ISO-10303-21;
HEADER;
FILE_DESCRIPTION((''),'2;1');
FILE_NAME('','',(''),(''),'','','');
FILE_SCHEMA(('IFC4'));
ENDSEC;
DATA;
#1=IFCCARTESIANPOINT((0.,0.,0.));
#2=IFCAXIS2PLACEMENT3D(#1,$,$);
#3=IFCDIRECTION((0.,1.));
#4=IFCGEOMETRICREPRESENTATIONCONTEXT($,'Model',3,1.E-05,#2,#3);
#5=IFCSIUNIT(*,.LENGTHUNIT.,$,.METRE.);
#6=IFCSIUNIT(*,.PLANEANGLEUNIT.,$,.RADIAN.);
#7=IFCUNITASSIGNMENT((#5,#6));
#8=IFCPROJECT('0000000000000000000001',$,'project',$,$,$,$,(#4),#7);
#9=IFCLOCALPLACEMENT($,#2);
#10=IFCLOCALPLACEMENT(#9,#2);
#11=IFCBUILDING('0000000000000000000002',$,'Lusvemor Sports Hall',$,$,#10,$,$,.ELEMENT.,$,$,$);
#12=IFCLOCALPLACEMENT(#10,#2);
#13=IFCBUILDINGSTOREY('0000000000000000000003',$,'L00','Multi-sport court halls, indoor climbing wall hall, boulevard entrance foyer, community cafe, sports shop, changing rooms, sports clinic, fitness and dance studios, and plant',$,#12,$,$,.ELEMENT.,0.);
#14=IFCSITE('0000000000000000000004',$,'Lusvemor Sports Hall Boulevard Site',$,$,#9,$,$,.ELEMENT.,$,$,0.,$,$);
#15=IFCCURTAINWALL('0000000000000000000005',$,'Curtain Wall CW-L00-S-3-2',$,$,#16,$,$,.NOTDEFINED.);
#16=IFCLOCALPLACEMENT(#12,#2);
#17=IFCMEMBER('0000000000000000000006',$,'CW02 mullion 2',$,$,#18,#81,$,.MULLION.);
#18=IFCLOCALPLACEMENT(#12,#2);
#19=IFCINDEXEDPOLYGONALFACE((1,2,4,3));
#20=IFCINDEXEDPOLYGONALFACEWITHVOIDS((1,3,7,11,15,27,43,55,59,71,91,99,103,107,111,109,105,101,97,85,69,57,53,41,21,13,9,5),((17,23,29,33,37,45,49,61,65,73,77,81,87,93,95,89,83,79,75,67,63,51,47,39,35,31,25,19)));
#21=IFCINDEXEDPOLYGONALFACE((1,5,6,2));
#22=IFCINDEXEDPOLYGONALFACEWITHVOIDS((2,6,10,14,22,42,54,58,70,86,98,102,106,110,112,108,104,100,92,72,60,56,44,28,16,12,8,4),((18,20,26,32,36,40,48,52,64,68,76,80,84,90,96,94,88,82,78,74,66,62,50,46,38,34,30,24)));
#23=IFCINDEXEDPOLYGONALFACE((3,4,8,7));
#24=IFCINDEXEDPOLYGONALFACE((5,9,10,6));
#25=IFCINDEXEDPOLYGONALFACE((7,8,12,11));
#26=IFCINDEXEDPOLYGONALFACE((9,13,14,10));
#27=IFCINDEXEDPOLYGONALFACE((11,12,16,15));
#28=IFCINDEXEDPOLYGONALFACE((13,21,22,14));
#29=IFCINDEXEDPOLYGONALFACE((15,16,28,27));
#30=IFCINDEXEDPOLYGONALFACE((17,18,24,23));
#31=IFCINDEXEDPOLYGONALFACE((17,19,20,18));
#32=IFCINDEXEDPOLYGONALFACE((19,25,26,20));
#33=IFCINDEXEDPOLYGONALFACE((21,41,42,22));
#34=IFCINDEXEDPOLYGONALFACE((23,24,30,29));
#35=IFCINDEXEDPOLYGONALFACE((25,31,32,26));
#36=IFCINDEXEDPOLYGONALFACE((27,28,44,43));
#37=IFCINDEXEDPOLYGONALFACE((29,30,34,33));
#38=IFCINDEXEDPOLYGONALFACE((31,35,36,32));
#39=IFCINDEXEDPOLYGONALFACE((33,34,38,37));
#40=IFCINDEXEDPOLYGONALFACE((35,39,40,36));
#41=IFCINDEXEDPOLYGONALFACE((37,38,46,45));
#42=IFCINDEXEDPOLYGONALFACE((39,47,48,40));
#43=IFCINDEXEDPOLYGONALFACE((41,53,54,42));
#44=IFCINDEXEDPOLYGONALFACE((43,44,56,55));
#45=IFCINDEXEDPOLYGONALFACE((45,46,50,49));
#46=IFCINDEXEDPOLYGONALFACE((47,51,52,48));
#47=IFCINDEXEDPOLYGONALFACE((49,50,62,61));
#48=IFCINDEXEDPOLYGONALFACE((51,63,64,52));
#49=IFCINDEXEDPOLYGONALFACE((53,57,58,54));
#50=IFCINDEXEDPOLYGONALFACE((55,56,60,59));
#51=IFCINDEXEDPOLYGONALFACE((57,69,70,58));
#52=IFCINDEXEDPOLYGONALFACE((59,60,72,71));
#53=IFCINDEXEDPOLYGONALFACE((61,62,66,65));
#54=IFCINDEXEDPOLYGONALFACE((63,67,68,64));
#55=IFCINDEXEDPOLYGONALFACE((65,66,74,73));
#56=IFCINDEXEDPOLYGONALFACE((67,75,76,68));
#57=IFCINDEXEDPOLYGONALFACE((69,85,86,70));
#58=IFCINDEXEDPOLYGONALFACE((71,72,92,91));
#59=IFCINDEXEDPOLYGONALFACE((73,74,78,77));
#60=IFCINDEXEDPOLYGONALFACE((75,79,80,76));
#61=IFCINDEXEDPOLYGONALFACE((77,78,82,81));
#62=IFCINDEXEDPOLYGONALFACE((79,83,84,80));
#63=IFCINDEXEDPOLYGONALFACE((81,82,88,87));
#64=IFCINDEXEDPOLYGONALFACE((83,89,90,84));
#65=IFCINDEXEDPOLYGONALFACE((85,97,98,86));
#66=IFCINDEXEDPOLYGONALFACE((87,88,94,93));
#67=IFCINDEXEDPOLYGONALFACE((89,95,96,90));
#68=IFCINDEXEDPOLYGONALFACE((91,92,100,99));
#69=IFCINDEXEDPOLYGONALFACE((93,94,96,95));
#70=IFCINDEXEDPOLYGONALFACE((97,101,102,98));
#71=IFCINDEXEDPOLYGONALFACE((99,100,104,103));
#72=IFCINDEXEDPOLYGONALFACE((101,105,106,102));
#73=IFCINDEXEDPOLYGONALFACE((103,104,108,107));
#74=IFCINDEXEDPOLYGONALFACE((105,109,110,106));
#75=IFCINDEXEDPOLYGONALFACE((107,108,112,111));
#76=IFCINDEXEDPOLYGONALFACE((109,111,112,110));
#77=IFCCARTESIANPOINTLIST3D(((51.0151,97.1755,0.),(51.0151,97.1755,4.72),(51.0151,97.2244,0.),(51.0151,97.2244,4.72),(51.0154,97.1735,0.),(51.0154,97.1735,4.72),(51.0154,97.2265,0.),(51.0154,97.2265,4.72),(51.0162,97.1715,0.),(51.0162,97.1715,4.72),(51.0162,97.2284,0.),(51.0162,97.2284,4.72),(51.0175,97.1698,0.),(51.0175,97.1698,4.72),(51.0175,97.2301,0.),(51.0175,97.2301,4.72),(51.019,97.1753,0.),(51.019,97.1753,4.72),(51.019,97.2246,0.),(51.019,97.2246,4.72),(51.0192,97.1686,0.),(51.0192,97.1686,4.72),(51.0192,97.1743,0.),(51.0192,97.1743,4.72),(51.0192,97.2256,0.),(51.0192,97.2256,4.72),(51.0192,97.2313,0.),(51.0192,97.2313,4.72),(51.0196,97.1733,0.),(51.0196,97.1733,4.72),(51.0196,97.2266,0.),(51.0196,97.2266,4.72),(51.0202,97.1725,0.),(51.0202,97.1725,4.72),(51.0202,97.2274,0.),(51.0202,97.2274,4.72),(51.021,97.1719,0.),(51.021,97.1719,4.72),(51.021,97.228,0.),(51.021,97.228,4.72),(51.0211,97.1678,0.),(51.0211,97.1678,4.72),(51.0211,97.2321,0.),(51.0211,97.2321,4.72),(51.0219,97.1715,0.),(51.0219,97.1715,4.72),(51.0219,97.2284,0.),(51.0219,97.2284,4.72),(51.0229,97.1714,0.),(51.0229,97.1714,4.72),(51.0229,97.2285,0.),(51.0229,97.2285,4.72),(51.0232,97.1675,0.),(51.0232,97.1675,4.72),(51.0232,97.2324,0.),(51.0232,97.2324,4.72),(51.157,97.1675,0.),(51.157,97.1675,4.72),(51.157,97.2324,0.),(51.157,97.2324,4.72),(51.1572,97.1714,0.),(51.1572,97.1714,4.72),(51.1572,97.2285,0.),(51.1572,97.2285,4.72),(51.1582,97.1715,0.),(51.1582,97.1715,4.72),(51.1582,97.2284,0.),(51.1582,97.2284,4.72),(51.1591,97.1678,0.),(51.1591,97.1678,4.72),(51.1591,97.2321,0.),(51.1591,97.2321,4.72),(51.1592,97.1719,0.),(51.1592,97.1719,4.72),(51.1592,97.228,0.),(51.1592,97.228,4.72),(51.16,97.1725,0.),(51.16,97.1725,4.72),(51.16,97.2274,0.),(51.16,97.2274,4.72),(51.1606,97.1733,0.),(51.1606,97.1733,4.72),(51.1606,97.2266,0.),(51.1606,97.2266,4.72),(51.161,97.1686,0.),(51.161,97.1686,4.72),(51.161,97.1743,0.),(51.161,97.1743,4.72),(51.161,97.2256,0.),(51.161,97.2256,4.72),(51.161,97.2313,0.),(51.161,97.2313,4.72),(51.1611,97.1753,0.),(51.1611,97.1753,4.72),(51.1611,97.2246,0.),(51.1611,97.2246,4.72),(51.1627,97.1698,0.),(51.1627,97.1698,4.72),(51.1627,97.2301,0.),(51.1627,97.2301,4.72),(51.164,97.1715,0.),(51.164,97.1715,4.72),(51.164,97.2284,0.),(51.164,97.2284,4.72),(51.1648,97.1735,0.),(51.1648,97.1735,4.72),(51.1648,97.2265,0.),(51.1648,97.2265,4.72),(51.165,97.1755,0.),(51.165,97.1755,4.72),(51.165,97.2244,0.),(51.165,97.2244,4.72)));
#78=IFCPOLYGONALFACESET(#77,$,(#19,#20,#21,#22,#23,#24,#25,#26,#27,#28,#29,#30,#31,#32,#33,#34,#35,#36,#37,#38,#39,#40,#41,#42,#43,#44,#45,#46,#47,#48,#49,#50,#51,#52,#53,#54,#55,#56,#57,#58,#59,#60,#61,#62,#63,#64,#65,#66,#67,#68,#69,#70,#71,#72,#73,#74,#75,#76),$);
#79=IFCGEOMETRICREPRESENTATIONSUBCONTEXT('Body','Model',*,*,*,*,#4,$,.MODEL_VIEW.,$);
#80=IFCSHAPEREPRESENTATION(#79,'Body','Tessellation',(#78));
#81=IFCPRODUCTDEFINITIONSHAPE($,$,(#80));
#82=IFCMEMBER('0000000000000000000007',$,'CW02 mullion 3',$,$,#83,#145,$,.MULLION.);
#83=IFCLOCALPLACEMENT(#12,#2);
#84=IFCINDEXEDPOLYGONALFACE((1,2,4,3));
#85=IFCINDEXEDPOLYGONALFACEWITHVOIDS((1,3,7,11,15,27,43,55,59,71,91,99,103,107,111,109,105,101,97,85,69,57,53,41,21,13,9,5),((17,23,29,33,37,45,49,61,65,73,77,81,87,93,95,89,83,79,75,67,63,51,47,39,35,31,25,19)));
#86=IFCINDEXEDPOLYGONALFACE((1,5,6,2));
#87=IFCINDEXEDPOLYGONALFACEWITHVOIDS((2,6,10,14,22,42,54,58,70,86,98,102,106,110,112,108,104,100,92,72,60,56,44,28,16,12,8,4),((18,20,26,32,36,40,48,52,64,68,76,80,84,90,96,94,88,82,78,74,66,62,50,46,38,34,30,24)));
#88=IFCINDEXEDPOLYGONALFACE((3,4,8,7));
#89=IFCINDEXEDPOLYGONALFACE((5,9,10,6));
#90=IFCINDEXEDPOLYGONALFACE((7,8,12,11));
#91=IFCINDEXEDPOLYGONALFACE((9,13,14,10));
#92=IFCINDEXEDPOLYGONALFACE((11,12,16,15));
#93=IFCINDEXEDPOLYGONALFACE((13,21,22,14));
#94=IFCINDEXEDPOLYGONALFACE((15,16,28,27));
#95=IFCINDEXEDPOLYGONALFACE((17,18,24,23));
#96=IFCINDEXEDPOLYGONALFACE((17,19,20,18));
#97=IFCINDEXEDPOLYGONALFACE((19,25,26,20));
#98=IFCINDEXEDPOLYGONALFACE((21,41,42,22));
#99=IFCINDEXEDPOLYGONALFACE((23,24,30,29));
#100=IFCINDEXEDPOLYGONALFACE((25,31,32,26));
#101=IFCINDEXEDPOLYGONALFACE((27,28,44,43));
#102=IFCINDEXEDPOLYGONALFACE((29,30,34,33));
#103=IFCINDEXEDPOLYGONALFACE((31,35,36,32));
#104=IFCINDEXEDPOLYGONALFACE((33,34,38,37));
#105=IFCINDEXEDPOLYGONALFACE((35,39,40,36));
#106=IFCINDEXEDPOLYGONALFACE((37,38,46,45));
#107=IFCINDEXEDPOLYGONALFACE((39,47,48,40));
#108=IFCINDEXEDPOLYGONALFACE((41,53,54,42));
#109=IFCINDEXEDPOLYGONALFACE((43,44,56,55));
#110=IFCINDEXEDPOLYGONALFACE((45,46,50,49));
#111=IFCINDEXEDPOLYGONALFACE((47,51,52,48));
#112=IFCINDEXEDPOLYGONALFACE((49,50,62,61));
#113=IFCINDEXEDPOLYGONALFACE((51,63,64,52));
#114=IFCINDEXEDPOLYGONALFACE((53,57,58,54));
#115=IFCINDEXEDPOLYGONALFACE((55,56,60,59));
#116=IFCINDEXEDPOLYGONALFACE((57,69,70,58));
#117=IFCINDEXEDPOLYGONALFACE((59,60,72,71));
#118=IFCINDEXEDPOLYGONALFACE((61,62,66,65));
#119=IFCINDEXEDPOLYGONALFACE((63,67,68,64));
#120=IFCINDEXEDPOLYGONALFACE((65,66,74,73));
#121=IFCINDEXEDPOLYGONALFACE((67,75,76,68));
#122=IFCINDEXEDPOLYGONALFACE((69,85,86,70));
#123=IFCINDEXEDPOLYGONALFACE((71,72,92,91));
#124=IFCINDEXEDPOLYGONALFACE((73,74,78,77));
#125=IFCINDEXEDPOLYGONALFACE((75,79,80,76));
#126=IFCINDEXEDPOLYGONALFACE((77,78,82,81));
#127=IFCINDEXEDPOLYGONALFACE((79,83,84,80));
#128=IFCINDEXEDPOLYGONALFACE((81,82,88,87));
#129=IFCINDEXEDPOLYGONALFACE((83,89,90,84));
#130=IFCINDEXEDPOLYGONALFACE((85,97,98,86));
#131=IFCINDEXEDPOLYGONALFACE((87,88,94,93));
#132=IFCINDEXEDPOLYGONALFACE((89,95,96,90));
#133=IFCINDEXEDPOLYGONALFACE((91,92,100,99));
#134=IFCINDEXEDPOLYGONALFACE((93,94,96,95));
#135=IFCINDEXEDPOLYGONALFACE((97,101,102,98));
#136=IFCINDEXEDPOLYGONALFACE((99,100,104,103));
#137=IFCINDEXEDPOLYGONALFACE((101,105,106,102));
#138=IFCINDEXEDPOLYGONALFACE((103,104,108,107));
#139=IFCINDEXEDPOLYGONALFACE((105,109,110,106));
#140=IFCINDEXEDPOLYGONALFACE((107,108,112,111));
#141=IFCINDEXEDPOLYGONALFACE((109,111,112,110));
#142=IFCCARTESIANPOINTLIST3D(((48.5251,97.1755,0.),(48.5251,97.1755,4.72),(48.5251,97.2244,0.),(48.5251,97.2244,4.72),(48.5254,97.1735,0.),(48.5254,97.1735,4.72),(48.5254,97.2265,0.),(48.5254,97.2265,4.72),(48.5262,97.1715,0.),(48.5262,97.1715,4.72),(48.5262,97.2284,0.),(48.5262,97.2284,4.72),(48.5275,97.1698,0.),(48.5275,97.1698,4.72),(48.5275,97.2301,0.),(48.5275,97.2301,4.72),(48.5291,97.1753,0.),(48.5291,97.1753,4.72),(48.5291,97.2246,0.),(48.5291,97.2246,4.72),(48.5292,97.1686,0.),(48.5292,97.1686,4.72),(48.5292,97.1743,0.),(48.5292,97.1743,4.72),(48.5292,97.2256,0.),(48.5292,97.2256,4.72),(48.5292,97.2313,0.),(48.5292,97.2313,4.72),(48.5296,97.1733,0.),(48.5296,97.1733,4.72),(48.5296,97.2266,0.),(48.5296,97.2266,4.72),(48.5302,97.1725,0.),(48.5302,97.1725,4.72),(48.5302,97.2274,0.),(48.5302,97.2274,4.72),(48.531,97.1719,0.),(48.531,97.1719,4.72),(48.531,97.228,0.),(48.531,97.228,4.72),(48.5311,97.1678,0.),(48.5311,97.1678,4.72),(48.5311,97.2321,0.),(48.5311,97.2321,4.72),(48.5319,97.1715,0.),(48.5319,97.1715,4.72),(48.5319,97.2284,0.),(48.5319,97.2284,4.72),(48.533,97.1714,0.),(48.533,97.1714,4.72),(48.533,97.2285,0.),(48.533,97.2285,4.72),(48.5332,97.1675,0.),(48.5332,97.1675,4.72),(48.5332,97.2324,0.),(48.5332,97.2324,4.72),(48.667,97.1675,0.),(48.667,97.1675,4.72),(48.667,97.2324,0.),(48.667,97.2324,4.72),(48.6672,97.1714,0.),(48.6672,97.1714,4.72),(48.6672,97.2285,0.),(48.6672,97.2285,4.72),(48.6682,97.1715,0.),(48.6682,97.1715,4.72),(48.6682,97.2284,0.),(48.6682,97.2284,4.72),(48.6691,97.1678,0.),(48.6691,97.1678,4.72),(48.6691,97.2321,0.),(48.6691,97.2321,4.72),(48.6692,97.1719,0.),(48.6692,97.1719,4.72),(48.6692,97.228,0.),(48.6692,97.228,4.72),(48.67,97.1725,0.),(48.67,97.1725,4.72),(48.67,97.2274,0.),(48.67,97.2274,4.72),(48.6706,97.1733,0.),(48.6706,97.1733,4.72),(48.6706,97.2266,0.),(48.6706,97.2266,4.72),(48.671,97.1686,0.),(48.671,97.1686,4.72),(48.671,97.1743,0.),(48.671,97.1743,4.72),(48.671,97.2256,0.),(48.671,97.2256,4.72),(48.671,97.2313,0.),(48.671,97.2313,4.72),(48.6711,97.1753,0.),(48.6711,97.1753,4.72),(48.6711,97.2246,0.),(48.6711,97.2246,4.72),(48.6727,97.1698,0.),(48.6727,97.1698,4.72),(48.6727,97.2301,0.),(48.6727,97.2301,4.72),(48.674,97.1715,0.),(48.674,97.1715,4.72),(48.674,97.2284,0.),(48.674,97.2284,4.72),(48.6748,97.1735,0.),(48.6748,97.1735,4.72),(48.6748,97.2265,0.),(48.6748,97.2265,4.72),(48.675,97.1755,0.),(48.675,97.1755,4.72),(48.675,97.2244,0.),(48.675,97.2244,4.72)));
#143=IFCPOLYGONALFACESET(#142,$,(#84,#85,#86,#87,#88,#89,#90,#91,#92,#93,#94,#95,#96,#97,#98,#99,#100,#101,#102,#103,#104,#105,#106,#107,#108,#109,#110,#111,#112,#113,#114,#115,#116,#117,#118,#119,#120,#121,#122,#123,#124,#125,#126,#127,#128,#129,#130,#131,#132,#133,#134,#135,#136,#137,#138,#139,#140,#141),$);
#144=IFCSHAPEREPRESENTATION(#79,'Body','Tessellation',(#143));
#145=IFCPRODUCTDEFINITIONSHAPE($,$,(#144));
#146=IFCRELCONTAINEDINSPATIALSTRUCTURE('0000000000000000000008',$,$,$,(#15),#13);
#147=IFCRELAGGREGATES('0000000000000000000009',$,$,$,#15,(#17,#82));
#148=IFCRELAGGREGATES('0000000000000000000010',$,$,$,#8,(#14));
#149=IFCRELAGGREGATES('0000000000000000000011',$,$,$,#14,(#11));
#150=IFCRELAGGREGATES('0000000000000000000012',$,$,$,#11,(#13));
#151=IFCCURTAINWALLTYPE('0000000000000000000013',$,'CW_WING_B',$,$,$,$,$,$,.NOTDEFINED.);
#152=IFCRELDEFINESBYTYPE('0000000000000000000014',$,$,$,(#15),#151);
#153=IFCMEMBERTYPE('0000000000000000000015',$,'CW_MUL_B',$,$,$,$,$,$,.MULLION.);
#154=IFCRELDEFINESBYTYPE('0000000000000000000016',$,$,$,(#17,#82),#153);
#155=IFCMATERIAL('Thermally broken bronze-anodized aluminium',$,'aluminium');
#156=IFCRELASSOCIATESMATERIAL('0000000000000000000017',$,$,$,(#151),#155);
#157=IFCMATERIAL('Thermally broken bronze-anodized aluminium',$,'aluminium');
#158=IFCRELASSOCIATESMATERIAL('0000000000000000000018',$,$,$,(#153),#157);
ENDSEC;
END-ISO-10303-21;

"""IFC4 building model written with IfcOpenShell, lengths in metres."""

from ifc_helpers import new_model, si_unit, direction, frame, origin, origin_2d, place, context, subcontext, project, spatial, hollow_rectangle, extrude, material, material_profile, profile_set, type_object, element, aggregate, save


model = new_model("IFC4")

# Units and contexts
model_context = context("Model", 3, precision=1e-05, world=origin(), true_north=direction((0.0, 1.0)))
body_context = subcontext(model_context, "Body", "Model", "MODEL_VIEW")
ifc_project = project(units=[si_unit("LENGTHUNIT", "METRE"), si_unit("PLANEANGLEUNIT", "RADIAN")], contexts=[model_context])

# Site, building, storey
site_placement = place(None, origin())
site = spatial("IfcSite", under=ifc_project, at=site_placement, Name="Lusvemor Sports Hall Boulevard Site", CompositionType="ELEMENT", RefElevation=0.0)
building_placement = place(site_placement, origin())
building = spatial("IfcBuilding", under=site, at=building_placement, Name="Lusvemor Sports Hall", CompositionType="ELEMENT")
storey_placement = place(building_placement, origin())
storey = spatial("IfcBuildingStorey", under=building, at=storey_placement, Name="L00", Description="Multi-sport court halls, indoor climbing wall hall, boulevard entrance foyer, community cafe, sports shop, changing rooms, sports clinic, fitness and dance studios, and plant", CompositionType="ELEMENT", Elevation=0.0)

# Curtain wall, members
ifc_material_1 = material(Name="Thermally broken bronze-anodized aluminium", Category="aluminium")
curtain_wall_type = type_object("IfcCurtainWallType", Name="CW_WING_B", PredefinedType="NOTDEFINED", material=ifc_material_1)
curtain_wall_1_placement = place(storey_placement, origin())
curtain_wall_1 = element("IfcCurtainWall", 1, at=curtain_wall_1_placement, inside=storey, type_object=curtain_wall_type, Name="Curtain Wall CW-L00-S-3-2", PredefinedType="NOTDEFINED")
ifc_material_2 = material(Name="Thermally broken bronze-anodized aluminium", Category="aluminium")
ifc_material_profile_1 = material_profile(ifc_material_2, hollow_rectangle(XDim=0.0649, YDim=0.1499, WallThickness=0.0039, InnerFilletRadius=0.0039, OuterFilletRadius=0.0081, at=origin_2d()), Name="CWMUL150x65x4")
ifc_profile_set_1 = profile_set([ifc_material_profile_1], Name="Thermally broken bronze-anodized aluminium")
member_type_1 = type_object("IfcMemberType", Name="CW_MUL_B", PredefinedType="MULLION", material=ifc_profile_set_1)
member_1_placement = place(storey_placement, frame((51.0901, 97.2, 0.0), z_axis=(0.0, 0.0, 1.0), x_axis=(0.0, -1.0, 0.0)))
member_1 = element("IfcMember", 2, at=member_1_placement, type_object=member_type_1, Name="CW02 mullion 2", PredefinedType="MULLION", context=body_context, shape_type="SweptSolid", body=[
    extrude(hollow_rectangle(XDim=0.0649, YDim=0.1499, WallThickness=0.0039, InnerFilletRadius=0.0039, OuterFilletRadius=0.0081, at=origin_2d()), origin(), (0.0, 0.0, 1.0), 4.72),
])
member_2_placement = place(storey_placement, frame((48.6001, 97.2, 0.0), z_axis=(0.0, 0.0, 1.0), x_axis=(0.0, -1.0, 0.0)))
member_2 = element("IfcMember", 3, at=member_2_placement, type_object=member_type_1, Name="CW02 mullion 3", PredefinedType="MULLION", context=body_context, shape_type="SweptSolid", body=[
    extrude(hollow_rectangle(XDim=0.0649, YDim=0.1499, WallThickness=0.0039, InnerFilletRadius=0.0039, OuterFilletRadius=0.0081, at=origin_2d()), origin(), (0.0, 0.0, 1.0), 4.72),
])

aggregate(curtain_wall_1, [member_1, member_2])

save(model, "model.ifc")
